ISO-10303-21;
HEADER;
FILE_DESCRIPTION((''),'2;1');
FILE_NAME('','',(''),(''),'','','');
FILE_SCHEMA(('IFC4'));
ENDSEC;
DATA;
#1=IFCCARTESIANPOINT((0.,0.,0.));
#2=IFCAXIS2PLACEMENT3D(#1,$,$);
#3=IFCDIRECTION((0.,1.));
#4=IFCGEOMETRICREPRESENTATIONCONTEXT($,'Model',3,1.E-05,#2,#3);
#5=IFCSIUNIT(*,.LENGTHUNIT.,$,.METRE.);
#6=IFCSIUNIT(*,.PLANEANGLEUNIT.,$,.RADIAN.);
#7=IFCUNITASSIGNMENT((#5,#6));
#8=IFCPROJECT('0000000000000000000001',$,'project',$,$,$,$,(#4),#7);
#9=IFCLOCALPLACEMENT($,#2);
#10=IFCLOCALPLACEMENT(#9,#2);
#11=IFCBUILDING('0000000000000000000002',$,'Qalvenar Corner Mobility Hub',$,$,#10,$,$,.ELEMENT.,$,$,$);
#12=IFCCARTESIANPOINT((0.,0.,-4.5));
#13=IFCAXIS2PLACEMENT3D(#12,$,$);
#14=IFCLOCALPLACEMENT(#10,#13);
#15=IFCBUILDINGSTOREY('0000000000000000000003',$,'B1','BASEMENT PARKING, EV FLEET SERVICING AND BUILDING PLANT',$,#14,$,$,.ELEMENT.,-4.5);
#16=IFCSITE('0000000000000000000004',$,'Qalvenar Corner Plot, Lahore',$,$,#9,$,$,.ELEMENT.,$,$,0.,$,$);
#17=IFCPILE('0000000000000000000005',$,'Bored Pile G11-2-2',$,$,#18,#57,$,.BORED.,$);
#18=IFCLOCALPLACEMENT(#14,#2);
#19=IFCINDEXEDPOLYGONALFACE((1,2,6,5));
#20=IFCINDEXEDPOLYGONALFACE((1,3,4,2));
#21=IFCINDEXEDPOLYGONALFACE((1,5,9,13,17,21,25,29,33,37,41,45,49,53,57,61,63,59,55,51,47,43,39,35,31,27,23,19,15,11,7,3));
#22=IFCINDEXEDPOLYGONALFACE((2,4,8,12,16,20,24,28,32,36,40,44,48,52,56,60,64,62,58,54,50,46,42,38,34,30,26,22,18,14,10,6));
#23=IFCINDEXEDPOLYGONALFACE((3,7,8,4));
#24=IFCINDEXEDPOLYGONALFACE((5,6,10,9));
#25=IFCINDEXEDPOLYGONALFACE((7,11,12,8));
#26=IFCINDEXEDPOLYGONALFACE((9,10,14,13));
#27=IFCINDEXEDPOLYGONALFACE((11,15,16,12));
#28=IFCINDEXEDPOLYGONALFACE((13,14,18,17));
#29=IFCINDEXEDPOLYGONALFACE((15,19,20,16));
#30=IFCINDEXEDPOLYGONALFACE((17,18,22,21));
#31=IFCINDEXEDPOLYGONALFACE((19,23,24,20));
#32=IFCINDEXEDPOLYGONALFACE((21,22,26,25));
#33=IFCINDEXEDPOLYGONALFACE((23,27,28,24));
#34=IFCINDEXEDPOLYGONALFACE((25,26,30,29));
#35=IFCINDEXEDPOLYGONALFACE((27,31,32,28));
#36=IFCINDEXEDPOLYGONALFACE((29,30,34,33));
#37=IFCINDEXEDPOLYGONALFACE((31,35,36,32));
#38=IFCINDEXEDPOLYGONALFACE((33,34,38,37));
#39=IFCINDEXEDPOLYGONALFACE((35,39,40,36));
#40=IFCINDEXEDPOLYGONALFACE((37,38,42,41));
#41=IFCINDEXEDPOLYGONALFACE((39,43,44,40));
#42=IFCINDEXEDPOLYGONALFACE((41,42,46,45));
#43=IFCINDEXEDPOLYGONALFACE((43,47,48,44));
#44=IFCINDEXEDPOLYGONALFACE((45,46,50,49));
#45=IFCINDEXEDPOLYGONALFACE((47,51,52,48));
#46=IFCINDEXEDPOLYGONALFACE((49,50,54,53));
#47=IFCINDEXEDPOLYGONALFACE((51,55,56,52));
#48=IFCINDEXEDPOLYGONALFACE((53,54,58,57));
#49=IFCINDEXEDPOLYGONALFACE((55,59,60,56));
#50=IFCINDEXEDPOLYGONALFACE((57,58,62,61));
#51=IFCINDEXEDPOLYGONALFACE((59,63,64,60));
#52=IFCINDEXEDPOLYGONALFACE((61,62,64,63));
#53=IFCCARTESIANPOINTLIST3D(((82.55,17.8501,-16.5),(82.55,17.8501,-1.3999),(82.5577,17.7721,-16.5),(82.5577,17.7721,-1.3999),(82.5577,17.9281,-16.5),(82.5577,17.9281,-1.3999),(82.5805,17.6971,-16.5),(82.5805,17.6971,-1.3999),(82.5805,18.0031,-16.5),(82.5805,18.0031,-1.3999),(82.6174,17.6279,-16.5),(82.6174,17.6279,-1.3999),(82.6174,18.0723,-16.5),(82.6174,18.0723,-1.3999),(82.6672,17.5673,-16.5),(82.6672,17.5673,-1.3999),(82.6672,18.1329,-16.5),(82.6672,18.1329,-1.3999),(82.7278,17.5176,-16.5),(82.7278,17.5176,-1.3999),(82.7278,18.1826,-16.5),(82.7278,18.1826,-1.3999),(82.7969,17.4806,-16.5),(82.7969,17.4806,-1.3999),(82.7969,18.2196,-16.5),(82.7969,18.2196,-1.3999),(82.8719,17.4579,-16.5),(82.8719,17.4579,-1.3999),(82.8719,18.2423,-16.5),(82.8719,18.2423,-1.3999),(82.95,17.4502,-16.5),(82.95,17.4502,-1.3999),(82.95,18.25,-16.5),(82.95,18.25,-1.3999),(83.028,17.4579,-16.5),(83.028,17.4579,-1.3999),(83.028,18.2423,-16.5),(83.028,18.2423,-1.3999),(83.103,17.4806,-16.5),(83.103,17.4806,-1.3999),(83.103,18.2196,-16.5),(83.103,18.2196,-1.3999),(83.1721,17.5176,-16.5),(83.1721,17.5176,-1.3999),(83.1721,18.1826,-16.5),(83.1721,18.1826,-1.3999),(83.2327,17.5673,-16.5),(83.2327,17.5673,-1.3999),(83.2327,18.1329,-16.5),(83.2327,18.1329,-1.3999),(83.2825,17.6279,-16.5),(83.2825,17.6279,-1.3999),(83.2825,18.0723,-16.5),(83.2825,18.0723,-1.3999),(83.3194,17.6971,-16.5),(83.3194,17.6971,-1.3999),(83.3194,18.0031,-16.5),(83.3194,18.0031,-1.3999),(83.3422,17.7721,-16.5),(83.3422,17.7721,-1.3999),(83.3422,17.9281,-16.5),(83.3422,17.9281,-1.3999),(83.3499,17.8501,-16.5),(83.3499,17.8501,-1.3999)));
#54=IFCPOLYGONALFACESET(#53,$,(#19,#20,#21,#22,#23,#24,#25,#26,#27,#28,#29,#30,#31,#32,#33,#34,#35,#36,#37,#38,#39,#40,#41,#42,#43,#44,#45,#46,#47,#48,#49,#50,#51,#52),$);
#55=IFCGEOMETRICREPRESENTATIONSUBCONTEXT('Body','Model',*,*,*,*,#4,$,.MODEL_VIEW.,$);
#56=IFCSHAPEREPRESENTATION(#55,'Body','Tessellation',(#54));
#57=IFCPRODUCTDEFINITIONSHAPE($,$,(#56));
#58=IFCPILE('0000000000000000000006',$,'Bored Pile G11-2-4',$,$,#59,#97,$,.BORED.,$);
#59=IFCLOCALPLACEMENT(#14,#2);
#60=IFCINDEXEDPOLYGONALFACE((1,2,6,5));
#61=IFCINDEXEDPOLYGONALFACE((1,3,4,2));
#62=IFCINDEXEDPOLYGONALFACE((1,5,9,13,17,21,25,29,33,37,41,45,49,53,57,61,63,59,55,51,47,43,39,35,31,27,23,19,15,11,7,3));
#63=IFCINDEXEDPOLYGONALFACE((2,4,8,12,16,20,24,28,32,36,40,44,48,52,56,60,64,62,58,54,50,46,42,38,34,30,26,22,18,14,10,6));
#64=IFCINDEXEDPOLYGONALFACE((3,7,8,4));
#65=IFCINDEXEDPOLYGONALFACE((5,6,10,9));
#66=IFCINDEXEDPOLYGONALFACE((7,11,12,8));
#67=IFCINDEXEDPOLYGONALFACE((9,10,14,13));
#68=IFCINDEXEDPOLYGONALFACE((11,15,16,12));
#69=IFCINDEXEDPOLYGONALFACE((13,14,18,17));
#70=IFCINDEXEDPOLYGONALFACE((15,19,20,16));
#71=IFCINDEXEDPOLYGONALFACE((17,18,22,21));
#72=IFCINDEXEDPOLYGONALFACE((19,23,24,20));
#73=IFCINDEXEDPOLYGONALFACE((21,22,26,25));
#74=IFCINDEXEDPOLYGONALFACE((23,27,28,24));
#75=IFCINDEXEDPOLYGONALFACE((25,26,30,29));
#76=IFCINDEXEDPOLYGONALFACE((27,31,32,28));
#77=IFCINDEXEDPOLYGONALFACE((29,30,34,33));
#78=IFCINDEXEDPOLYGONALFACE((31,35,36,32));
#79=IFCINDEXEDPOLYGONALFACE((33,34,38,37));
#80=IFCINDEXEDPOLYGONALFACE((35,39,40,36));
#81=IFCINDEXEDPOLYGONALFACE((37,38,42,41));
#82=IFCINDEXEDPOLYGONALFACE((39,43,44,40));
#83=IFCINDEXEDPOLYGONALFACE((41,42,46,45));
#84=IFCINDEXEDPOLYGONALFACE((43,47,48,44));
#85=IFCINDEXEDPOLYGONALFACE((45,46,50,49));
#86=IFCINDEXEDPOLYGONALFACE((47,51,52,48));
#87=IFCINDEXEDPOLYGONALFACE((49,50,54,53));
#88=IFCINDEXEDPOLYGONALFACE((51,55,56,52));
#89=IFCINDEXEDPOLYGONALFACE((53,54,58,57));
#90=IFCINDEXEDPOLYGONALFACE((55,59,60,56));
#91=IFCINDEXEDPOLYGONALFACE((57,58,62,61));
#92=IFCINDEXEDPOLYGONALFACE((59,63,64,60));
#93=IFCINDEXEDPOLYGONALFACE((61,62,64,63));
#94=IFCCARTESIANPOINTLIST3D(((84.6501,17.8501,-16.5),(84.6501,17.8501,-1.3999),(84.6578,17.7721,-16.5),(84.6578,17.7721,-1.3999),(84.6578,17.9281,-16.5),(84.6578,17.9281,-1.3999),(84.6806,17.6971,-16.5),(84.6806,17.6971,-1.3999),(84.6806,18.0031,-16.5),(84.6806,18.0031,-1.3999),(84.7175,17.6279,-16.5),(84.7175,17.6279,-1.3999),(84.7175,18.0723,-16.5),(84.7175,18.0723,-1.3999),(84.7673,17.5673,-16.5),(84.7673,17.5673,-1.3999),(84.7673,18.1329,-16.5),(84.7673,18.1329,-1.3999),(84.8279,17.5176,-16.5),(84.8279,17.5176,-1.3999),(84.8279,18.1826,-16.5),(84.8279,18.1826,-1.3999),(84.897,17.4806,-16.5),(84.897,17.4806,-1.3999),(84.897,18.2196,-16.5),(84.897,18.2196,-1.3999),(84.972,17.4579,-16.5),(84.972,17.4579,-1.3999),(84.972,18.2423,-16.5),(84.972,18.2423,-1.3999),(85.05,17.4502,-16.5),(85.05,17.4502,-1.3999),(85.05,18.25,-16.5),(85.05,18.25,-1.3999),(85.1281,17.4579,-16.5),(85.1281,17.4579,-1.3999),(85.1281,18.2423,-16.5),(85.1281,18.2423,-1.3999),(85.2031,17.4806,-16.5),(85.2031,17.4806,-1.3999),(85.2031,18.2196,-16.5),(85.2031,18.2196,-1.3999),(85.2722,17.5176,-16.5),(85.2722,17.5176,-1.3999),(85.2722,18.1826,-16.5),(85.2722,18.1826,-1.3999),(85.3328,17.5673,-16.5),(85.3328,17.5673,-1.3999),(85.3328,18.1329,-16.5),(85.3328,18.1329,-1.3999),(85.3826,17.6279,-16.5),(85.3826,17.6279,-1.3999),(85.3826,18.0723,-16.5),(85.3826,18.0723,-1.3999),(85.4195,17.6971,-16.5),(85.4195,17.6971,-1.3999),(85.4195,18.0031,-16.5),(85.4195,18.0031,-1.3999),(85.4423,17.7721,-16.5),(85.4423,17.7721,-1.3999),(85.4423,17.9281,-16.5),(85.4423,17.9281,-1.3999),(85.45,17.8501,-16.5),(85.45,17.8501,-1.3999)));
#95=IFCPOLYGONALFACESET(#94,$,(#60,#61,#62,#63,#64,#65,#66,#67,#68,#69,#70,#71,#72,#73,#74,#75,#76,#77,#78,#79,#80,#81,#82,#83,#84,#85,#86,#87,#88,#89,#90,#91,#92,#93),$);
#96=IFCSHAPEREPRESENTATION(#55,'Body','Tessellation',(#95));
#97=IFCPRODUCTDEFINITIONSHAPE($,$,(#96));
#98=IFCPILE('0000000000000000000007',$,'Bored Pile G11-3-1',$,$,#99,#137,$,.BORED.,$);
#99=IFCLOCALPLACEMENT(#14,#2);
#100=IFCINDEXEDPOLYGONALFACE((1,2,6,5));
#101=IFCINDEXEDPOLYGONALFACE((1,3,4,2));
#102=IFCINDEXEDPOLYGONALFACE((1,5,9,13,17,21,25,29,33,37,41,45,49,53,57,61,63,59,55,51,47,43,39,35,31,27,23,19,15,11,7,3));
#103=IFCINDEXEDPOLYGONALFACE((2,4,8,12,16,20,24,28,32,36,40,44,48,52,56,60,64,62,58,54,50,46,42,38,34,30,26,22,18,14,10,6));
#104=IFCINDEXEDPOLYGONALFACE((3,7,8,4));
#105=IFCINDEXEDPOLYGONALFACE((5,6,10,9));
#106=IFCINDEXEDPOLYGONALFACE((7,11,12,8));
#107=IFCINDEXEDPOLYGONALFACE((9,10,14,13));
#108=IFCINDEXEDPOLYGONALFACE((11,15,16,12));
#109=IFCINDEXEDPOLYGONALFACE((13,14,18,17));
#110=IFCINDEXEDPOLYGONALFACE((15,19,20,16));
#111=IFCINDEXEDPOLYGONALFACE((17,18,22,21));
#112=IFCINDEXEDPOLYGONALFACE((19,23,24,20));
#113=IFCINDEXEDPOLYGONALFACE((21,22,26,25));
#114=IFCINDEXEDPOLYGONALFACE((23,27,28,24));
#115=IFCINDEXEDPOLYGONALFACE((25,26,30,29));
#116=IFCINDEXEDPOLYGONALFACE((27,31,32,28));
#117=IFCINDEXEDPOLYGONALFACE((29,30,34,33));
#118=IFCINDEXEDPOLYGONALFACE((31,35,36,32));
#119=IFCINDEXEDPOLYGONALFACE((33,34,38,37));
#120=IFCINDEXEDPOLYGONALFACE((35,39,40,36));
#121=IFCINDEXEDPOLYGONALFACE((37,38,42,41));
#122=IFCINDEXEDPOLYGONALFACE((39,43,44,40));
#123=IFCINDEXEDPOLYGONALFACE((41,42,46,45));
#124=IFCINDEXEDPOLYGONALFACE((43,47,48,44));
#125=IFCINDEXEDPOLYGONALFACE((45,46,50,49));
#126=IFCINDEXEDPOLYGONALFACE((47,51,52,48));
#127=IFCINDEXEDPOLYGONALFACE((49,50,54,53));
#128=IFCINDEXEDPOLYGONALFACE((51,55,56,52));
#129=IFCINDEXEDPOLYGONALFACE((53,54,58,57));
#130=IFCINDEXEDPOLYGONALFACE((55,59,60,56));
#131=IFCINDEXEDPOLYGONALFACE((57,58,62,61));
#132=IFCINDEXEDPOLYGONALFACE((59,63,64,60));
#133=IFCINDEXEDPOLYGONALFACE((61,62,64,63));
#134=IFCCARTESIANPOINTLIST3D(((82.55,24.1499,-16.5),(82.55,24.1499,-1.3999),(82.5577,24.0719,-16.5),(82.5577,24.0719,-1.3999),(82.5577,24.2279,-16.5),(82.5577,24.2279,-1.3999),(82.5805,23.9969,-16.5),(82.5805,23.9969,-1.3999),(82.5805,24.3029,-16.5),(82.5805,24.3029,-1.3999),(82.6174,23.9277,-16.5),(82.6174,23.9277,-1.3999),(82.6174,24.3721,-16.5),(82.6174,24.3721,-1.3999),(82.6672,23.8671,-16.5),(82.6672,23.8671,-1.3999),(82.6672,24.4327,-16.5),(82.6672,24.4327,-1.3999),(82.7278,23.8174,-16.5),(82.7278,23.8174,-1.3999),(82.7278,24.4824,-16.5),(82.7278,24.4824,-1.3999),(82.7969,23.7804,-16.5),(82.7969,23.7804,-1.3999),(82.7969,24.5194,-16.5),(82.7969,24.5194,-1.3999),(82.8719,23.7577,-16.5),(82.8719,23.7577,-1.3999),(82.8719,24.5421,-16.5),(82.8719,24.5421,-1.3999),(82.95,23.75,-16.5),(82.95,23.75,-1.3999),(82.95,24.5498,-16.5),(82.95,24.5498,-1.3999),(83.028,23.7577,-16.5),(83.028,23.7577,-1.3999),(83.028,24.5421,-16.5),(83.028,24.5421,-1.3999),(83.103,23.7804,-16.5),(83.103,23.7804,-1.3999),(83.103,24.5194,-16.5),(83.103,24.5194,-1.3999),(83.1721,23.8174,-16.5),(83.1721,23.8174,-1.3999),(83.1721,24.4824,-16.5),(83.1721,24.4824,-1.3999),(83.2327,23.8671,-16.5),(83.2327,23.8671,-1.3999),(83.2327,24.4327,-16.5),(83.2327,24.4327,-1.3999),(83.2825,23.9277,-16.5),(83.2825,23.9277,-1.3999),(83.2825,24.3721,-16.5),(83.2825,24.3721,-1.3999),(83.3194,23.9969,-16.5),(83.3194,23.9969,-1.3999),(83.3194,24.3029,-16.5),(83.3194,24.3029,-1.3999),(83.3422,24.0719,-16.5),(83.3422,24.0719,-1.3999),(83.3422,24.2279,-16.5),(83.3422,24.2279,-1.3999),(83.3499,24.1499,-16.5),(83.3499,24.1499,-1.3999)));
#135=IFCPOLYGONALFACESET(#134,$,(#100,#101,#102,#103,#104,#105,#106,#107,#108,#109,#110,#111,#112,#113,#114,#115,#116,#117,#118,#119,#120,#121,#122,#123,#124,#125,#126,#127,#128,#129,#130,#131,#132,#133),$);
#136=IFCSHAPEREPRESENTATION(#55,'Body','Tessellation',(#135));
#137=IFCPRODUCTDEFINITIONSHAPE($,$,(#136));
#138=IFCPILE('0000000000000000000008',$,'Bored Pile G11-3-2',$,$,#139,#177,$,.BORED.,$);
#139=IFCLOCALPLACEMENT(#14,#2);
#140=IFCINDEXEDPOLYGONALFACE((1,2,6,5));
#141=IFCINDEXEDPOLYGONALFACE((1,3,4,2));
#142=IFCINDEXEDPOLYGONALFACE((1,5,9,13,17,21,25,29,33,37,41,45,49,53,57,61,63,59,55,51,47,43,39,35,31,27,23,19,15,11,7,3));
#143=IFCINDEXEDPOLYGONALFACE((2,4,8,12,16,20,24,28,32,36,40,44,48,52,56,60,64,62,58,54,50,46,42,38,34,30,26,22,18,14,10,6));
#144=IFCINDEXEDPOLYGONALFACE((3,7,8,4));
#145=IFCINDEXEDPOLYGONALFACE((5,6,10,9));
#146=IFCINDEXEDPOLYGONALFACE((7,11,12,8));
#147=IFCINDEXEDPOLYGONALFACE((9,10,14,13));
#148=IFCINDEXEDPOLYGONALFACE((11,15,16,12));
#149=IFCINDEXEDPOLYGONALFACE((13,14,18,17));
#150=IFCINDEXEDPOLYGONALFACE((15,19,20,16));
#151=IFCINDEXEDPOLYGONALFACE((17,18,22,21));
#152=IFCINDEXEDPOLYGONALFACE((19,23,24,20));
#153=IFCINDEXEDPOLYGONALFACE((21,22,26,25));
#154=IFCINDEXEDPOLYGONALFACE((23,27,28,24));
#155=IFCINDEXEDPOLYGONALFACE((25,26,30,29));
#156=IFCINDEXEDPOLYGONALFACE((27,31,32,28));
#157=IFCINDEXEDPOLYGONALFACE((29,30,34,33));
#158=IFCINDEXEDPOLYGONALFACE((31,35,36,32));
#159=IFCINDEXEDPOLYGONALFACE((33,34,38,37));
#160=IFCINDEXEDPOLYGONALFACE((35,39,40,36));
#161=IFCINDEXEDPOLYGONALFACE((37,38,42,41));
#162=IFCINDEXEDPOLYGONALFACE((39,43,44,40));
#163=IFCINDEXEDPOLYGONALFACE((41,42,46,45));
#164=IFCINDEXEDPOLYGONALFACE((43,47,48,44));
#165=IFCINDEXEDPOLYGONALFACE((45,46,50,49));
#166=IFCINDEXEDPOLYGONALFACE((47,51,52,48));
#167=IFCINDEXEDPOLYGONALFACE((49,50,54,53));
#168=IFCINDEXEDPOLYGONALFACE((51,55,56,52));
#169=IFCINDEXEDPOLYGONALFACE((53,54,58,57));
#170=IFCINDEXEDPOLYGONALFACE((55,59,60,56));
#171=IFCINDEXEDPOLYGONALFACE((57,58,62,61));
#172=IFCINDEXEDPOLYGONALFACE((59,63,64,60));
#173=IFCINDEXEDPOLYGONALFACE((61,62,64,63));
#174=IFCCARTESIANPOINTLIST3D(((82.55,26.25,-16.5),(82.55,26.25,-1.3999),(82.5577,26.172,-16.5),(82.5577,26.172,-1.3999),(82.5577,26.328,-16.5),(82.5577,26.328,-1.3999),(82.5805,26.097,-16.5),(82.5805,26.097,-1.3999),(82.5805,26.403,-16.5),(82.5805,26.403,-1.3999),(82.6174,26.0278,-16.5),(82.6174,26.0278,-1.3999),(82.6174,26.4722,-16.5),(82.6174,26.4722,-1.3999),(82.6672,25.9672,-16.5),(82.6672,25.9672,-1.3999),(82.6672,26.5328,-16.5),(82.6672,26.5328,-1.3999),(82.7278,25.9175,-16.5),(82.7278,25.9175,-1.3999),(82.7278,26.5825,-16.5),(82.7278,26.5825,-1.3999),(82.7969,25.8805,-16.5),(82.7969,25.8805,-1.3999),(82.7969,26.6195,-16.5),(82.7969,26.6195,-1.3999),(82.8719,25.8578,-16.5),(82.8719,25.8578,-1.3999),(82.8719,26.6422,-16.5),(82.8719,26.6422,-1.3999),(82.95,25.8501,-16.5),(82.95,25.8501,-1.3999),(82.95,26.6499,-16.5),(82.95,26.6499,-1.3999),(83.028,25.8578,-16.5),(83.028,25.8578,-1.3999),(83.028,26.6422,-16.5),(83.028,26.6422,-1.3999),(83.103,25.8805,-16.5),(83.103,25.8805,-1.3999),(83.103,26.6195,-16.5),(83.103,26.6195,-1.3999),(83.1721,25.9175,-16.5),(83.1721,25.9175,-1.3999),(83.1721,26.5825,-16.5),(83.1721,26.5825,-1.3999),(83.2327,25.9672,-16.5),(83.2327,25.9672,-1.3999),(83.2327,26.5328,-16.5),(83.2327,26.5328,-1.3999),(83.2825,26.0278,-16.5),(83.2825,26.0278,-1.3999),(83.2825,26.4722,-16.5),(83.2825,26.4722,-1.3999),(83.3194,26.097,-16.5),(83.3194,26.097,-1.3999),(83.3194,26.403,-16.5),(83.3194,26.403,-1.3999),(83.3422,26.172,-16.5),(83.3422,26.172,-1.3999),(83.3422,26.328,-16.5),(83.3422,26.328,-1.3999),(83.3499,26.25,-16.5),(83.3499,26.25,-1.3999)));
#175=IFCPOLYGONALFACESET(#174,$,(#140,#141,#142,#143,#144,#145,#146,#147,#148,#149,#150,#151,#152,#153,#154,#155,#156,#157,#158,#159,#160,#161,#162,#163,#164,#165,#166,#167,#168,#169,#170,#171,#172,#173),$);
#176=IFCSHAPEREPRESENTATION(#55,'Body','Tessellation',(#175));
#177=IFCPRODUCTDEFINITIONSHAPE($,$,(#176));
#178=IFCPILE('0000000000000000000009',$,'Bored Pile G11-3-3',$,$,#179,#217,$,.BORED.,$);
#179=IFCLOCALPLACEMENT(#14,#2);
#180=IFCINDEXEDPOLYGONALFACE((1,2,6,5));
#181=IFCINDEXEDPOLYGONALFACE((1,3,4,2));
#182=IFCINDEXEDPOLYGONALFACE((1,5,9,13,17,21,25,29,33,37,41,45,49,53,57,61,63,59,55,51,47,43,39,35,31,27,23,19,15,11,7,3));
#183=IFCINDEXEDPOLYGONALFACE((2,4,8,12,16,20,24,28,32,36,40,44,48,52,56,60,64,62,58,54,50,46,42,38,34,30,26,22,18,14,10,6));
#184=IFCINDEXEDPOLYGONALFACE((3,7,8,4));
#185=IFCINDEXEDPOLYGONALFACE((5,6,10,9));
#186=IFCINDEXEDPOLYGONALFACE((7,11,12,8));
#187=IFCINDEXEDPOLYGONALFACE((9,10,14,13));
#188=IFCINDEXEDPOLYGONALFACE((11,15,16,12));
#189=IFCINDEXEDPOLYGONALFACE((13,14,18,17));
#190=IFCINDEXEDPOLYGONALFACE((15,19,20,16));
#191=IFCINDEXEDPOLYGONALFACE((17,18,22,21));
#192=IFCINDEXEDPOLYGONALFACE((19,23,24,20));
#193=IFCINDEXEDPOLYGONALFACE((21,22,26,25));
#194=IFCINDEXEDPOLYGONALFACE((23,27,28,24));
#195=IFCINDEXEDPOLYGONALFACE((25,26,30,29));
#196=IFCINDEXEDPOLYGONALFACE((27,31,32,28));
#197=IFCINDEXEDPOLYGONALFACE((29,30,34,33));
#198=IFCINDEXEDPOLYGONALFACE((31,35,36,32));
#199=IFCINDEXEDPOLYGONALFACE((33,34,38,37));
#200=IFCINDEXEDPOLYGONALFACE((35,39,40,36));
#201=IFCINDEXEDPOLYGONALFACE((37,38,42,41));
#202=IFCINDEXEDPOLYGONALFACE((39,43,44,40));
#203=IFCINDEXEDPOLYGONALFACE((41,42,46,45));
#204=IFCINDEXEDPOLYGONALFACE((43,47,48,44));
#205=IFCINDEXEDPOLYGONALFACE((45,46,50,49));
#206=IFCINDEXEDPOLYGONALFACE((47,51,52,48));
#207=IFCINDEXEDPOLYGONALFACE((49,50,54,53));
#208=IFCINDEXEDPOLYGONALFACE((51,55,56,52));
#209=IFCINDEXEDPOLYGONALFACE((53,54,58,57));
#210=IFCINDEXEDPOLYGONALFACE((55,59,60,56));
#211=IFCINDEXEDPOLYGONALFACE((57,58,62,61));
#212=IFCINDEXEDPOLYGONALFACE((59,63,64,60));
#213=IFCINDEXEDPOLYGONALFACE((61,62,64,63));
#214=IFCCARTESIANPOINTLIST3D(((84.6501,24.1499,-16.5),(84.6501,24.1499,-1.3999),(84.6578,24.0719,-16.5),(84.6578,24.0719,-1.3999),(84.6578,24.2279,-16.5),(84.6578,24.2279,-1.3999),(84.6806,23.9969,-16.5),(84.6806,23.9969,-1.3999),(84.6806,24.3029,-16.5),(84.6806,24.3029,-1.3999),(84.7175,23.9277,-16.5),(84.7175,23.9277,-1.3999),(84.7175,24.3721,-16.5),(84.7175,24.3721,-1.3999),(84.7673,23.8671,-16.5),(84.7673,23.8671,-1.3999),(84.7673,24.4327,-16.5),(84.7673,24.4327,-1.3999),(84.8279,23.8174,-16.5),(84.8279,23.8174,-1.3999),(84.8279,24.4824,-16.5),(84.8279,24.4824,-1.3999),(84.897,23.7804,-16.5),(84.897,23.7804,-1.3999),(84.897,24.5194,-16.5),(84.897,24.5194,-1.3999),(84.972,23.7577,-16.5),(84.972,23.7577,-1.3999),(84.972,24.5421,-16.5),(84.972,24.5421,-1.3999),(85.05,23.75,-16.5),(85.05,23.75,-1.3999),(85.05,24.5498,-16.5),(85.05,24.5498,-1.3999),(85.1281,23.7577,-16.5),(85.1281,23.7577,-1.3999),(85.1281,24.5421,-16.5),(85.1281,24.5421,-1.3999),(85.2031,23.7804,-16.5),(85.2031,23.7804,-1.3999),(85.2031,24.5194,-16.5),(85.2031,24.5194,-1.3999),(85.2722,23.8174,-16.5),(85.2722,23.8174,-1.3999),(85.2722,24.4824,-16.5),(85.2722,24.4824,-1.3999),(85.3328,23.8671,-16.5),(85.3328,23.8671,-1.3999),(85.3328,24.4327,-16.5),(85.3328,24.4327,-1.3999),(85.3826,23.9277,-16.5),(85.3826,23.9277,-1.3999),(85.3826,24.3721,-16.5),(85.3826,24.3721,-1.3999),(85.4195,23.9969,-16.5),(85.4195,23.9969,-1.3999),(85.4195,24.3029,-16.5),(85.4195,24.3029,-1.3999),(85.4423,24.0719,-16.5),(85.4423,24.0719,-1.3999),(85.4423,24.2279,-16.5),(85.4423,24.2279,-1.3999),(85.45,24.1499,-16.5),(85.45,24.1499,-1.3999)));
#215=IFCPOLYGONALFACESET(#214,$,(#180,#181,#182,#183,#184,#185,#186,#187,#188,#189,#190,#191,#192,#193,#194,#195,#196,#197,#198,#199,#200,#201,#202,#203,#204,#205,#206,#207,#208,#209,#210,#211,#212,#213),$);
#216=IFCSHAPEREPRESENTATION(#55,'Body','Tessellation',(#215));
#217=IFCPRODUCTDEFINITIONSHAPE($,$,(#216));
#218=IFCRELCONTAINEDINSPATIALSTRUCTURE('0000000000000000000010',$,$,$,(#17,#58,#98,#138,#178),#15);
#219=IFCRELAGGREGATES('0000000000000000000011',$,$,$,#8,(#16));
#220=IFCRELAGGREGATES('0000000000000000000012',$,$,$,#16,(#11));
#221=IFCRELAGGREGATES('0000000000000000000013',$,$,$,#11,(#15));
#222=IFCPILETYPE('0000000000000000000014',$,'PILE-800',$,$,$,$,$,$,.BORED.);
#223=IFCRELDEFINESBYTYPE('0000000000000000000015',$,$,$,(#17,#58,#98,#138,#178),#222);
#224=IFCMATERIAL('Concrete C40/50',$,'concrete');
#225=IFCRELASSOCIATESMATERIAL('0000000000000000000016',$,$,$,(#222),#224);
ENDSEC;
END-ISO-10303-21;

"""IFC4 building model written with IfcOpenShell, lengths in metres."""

from ifc_helpers import new_model, si_unit, direction, frame, origin, origin_2d, place, context, subcontext, project, spatial, circle, extrude, material, material_profile, profile_set, type_object, element, save


model = new_model("IFC4")

# Units and contexts
model_context = context("Model", 3, precision=1e-05, world=origin(), true_north=direction((0.0, 1.0)))
body_context = subcontext(model_context, "Body", "Model", "MODEL_VIEW")
ifc_project = project(units=[si_unit("LENGTHUNIT", "METRE"), si_unit("PLANEANGLEUNIT", "RADIAN")], contexts=[model_context])

# Site, building, storey
site_placement = place(None, origin())
site = spatial("IfcSite", under=ifc_project, at=site_placement, Name="Qalvenar Corner Plot, Lahore", CompositionType="ELEMENT", RefElevation=0.0)
building_placement = place(site_placement, origin())
building = spatial("IfcBuilding", under=site, at=building_placement, Name="Qalvenar Corner Mobility Hub", CompositionType="ELEMENT")
storey_placement = place(building_placement, frame((0.0, 0.0, -4.5)))
storey = spatial("IfcBuildingStorey", under=building, at=storey_placement, Name="B1", Description="BASEMENT PARKING, EV FLEET SERVICING AND BUILDING PLANT", CompositionType="ELEMENT", Elevation=-4.5)

# Shared definitions
ifc_material_1 = material(Name="Concrete C40/50", Category="concrete")

# Piles
ifc_material_profile_1 = material_profile(ifc_material_1, circle(Radius=0.3999, at=origin_2d()), Name="DIA800")
ifc_profile_set_1 = profile_set([ifc_material_profile_1], Name="Concrete C40/50")
pile_type_1 = type_object("IfcPileType", Name="PILE-800", PredefinedType="BORED", material=ifc_profile_set_1)
for number, where, z_axis, x_axis, name in (
    (1, (82.95, 17.8501, -1.3999), (0.0, 0.0, -1.0), (1.0, 0.0, 0.0), "Bored Pile G11-2-2"),
    (2, (85.05, 17.8501, -1.3999), (0.0, 0.0, -1.0), (1.0, 0.0, 0.0), "Bored Pile G11-2-4"),
    (3, (82.95, 24.1499, -1.3999), (0.0, 0.0, -1.0), (1.0, 0.0, 0.0), "Bored Pile G11-3-1"),
    (4, (82.95, 26.25, -1.3999), (0.0, 0.0, -1.0), (1.0, 0.0, 0.0), "Bored Pile G11-3-2"),
    (5, (85.05, 24.1499, -1.3999), (0.0, 0.0, -1.0), (1.0, 0.0, 0.0), "Bored Pile G11-3-3"),
):
    element("IfcPile", number, at=place(storey_placement, frame(where, z_axis=z_axis, x_axis=x_axis)), inside=storey, type_object=pile_type_1, Name=name, PredefinedType="BORED", context=body_context, shape_type="SweptSolid", body=[
        extrude(circle(Radius=0.3999, at=origin_2d()), origin(), (0.0, 0.0, 1.0), 15.1001),
    ])

save(model, "model.ifc")
